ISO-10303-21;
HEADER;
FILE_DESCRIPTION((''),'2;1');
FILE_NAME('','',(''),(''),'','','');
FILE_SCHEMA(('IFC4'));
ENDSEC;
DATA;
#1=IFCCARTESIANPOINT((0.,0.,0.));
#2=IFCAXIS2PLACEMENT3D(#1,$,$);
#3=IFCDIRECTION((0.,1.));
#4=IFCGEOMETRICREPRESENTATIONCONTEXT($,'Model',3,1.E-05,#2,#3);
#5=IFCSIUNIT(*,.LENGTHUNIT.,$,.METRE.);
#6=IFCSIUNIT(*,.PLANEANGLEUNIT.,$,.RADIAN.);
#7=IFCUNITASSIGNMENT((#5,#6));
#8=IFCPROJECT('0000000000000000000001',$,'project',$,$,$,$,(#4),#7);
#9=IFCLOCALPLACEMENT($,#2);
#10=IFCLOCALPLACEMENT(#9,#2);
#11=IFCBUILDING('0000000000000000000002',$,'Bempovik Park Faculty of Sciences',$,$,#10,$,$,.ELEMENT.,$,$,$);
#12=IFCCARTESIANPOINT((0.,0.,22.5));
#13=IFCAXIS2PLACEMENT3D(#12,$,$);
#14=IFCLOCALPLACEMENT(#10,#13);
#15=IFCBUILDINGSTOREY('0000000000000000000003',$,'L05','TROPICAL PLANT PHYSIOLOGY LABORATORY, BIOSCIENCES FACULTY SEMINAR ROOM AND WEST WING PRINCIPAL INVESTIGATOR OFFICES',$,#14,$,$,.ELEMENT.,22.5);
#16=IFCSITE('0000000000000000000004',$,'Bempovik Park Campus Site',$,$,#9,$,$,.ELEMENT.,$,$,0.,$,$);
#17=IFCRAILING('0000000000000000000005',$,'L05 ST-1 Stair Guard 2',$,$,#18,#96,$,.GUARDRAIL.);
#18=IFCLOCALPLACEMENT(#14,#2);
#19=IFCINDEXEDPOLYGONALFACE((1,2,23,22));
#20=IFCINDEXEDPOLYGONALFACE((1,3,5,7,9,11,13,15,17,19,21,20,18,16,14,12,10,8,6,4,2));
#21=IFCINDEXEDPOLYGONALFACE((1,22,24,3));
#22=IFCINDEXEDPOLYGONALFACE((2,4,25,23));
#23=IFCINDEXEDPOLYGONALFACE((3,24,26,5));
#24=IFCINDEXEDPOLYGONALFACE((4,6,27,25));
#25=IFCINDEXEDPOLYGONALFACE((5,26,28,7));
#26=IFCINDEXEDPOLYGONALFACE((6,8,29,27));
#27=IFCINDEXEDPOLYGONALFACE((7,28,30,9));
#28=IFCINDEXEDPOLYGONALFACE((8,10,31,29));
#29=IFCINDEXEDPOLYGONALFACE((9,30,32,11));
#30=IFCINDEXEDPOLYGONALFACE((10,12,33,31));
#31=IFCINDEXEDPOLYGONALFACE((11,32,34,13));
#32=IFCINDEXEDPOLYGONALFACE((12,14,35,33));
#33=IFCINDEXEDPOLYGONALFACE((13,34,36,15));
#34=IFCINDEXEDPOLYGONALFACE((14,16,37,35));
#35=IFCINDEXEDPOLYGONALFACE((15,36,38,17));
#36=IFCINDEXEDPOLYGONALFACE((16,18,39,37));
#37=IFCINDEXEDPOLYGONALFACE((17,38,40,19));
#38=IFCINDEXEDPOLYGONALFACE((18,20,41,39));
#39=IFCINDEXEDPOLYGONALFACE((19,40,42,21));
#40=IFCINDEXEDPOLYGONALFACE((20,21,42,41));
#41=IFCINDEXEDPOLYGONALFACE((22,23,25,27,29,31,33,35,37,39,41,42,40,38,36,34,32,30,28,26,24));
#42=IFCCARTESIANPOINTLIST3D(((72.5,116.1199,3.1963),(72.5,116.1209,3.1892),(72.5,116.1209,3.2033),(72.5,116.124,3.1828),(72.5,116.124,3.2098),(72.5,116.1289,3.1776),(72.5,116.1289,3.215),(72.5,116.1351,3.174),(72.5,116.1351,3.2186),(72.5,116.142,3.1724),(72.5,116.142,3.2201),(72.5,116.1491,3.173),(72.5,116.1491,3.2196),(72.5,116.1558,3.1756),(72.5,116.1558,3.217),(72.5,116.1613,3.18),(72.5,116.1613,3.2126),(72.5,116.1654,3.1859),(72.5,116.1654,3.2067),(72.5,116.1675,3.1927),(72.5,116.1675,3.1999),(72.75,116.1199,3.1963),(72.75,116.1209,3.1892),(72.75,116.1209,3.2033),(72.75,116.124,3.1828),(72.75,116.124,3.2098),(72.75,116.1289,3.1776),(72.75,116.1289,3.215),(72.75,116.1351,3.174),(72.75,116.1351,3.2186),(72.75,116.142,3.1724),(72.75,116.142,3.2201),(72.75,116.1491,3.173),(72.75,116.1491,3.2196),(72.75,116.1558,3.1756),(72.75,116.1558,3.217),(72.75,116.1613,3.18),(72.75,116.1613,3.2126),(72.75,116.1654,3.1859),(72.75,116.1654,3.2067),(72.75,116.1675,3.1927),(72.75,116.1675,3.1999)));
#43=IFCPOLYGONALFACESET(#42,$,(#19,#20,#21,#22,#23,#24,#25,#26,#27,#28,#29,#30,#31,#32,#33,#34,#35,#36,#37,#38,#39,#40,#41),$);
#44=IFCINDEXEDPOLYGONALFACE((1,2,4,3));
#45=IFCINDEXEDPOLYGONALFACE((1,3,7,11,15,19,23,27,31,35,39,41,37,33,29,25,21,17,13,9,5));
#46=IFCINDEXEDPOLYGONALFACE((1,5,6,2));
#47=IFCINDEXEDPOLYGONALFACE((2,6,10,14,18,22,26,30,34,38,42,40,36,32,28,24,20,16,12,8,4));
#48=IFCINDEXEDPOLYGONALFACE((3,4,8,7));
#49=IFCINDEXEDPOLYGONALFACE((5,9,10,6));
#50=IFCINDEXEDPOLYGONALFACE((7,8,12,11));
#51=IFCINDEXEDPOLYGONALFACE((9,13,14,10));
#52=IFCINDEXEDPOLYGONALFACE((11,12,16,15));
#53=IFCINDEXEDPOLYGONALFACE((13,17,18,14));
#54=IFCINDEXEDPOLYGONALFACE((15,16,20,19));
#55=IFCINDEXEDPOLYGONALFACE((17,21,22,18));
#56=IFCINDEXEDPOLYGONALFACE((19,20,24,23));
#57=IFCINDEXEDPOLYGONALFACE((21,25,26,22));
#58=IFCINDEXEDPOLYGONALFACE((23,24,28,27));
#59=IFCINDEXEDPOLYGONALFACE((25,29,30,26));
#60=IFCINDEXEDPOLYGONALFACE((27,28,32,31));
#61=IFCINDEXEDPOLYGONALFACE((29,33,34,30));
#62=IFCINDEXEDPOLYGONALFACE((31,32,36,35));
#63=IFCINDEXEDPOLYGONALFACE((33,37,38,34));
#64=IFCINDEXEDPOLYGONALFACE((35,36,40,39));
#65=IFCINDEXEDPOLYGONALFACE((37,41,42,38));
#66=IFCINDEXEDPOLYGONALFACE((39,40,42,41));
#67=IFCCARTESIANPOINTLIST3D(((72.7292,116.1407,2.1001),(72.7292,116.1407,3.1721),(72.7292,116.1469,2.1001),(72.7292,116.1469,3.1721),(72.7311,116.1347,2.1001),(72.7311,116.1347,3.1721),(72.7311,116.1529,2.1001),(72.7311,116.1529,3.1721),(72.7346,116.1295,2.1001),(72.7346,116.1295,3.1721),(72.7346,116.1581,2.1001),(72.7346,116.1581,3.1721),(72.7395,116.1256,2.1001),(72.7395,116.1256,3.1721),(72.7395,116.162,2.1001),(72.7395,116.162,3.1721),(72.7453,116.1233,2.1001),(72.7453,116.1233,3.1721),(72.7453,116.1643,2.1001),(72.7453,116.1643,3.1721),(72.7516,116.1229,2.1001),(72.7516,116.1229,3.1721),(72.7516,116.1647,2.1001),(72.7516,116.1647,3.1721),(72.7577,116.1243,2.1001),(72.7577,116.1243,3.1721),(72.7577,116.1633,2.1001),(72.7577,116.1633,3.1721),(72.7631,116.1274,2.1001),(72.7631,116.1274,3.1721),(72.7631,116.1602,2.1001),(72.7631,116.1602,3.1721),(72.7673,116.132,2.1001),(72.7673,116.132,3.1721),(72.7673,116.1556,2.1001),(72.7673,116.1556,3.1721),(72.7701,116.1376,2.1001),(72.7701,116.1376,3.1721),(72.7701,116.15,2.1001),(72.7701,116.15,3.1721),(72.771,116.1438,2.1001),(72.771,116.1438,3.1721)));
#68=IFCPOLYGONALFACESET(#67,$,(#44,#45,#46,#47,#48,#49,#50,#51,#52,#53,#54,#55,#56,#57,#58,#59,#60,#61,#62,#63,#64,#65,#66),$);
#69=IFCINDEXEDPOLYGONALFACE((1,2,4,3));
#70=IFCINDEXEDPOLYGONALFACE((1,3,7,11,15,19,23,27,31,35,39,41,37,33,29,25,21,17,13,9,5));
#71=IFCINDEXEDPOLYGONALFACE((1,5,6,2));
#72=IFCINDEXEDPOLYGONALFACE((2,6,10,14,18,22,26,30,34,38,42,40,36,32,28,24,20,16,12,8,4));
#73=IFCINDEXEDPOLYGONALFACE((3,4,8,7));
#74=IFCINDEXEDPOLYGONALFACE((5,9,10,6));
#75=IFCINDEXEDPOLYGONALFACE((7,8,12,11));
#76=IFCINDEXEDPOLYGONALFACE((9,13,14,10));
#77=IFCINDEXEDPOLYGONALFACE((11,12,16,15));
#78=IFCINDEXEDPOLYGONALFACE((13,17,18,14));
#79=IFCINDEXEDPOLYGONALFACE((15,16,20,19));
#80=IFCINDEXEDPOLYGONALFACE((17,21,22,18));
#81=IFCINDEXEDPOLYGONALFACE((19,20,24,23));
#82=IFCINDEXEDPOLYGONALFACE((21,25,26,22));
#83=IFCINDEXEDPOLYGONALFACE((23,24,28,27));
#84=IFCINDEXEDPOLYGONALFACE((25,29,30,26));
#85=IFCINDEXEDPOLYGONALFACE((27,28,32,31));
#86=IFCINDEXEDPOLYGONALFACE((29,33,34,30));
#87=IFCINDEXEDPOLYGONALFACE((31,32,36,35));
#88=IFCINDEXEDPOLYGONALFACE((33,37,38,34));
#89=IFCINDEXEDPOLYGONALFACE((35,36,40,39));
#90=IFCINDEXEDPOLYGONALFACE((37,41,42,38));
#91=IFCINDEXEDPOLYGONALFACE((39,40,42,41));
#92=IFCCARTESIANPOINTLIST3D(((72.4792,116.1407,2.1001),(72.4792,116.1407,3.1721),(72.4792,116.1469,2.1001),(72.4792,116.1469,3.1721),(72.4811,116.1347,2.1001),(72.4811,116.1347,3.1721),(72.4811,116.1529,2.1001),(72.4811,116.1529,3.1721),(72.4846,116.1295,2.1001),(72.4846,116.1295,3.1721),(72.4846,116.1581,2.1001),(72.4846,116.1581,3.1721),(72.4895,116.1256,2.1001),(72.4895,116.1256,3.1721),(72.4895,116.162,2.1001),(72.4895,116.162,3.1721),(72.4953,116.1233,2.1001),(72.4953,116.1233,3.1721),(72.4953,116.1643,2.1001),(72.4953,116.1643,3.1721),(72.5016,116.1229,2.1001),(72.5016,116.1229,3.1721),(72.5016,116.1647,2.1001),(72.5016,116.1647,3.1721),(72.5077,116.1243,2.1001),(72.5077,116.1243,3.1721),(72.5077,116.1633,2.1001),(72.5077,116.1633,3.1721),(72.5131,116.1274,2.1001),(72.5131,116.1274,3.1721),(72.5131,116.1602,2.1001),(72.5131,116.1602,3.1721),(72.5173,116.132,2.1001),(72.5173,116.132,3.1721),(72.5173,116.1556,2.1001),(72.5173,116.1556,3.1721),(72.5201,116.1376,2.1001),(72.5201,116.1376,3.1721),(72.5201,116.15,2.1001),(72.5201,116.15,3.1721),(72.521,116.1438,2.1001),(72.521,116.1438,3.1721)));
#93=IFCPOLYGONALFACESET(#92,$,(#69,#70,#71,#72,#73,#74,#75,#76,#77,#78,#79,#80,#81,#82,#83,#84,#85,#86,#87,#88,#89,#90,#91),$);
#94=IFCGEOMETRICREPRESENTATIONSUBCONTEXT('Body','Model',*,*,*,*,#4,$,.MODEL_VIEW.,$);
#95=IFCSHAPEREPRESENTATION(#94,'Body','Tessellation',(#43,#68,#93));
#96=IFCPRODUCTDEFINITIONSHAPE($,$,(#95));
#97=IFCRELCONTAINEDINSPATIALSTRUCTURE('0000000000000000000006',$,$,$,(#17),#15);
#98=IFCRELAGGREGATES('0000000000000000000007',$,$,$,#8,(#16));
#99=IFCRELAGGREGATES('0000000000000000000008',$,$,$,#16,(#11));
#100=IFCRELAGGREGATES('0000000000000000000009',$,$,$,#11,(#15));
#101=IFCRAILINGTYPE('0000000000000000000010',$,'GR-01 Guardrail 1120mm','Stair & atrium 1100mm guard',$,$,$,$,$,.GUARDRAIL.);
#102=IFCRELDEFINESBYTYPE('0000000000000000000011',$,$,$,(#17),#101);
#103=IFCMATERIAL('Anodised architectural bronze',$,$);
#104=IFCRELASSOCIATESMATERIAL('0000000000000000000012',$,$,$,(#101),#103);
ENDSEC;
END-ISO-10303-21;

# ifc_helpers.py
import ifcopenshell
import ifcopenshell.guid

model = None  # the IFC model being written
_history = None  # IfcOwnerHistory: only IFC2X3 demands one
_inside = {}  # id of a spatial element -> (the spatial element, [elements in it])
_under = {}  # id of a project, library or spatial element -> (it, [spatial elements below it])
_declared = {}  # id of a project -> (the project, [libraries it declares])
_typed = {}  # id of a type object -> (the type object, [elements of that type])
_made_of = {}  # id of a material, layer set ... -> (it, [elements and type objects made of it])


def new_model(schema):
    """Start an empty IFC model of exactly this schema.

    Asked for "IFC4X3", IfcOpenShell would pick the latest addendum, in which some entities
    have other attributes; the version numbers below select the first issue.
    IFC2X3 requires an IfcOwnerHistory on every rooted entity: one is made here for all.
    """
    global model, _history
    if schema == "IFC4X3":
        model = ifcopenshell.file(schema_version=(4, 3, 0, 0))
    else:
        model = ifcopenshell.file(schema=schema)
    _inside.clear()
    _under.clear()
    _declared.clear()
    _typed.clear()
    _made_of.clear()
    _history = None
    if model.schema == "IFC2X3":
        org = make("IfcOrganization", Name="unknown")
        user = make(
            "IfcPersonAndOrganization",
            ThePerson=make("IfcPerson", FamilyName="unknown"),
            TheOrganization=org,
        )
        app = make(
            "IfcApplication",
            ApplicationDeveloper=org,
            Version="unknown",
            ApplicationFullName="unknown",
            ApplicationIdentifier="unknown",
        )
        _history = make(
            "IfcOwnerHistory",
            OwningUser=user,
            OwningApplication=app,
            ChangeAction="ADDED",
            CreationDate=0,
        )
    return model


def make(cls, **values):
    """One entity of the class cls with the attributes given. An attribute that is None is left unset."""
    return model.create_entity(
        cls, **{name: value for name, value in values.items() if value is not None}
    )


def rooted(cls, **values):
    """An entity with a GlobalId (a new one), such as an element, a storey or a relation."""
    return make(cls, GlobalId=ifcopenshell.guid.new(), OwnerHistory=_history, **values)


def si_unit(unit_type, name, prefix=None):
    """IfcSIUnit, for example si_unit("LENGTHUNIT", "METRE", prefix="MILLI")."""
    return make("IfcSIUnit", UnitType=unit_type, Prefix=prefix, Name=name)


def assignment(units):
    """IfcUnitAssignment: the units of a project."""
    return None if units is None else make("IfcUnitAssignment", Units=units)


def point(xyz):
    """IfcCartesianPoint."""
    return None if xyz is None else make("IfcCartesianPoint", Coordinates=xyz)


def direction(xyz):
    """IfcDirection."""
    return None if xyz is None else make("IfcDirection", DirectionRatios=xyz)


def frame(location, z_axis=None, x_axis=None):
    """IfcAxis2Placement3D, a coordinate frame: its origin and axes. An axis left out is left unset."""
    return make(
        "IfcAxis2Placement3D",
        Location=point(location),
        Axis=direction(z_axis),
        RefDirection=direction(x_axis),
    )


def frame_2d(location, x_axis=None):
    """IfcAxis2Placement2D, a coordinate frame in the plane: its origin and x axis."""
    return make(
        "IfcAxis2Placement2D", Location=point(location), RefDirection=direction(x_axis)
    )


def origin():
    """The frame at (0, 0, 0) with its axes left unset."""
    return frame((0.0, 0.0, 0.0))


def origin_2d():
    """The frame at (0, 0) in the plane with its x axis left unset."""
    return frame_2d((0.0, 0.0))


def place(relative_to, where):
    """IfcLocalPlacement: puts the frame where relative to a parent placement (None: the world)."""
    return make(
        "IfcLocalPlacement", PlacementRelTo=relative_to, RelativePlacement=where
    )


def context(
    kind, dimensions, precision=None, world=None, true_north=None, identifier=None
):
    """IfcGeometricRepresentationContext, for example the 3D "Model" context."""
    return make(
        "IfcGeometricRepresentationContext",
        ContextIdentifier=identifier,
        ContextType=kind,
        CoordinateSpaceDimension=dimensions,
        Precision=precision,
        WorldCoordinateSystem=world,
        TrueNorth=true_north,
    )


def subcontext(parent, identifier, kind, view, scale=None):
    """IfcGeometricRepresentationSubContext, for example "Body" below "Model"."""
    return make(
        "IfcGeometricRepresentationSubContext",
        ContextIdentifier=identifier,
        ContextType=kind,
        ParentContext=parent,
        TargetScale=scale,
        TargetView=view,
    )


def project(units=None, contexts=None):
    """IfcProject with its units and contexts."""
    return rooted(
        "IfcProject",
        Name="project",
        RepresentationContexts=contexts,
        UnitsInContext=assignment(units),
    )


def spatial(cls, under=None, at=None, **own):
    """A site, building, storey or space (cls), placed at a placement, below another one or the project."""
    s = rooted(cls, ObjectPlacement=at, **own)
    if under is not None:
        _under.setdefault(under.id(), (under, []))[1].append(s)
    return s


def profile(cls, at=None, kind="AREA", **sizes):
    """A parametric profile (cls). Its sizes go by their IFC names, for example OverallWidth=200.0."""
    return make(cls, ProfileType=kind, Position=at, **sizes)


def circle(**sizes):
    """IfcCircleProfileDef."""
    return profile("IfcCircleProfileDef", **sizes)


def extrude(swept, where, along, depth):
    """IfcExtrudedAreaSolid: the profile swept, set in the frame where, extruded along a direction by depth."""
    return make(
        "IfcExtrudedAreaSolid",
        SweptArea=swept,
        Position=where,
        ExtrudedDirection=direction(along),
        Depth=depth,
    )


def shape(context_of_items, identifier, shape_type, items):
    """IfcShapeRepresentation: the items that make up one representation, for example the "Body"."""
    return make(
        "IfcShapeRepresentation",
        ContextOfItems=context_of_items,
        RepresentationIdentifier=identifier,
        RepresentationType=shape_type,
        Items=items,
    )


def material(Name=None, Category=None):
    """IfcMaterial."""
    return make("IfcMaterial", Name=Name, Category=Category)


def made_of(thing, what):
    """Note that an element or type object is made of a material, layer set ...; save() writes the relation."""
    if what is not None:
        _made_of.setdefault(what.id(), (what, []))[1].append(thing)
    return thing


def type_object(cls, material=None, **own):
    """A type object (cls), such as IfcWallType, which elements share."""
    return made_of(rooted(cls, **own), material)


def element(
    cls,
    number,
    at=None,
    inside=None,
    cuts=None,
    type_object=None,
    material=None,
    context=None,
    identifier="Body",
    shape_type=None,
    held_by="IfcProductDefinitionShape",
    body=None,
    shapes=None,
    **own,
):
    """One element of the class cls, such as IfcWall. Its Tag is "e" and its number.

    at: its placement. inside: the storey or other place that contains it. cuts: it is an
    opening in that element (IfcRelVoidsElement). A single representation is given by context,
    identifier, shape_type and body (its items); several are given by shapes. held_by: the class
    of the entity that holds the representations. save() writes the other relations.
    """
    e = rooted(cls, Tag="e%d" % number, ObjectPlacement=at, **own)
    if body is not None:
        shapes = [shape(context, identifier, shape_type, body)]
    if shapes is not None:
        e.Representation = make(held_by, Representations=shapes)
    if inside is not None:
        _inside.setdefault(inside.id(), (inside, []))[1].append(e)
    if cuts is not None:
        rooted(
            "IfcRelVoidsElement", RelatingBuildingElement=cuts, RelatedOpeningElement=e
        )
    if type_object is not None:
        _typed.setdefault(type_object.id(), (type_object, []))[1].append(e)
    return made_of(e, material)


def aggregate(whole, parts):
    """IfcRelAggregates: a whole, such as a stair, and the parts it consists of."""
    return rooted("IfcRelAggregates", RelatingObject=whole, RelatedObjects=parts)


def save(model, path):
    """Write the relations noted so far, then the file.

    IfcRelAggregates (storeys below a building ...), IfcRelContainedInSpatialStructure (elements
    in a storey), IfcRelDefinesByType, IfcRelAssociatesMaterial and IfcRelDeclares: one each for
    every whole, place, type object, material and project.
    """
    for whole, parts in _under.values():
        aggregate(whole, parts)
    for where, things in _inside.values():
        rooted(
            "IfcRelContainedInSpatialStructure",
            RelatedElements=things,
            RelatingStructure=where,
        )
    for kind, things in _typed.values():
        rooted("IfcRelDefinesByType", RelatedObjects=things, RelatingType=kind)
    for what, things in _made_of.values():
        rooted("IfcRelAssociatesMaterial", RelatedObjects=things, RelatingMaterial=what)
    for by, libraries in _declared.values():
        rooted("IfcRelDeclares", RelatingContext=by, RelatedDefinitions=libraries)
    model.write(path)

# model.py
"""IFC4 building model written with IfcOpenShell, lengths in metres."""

from ifc_helpers import new_model, si_unit, direction, frame, origin, origin_2d, place, context, subcontext, project, spatial, circle, extrude, material, type_object, element, save


model = new_model("IFC4")

# Units and contexts
model_context = context("Model", 3, precision=1e-05, world=origin(), true_north=direction((0.0, 1.0)))
body_context = subcontext(model_context, "Body", "Model", "MODEL_VIEW")
ifc_project = project(units=[si_unit("LENGTHUNIT", "METRE"), si_unit("PLANEANGLEUNIT", "RADIAN")], contexts=[model_context])

# Site, building, storey
site_placement = place(None, origin())
site = spatial("IfcSite", under=ifc_project, at=site_placement, Name="Bempovik Park Campus Site", CompositionType="ELEMENT", RefElevation=0.0)
building_placement = place(site_placement, origin())
building = spatial("IfcBuilding", under=site, at=building_placement, Name="Bempovik Park Faculty of Sciences", CompositionType="ELEMENT")
storey_placement = place(building_placement, frame((0.0, 0.0, 22.5)))
storey = spatial("IfcBuildingStorey", under=building, at=storey_placement, Name="L05", Description="TROPICAL PLANT PHYSIOLOGY LABORATORY, BIOSCIENCES FACULTY SEMINAR ROOM AND WEST WING PRINCIPAL INVESTIGATOR OFFICES", CompositionType="ELEMENT", Elevation=22.5)

# Railing
ifc_material_1 = material(Name="Anodised architectural bronze")
railing_type_1 = type_object("IfcRailingType", Name="GR-01 Guardrail 1120mm", Description="Stair & atrium 1100mm guard", PredefinedType="GUARDRAIL", material=ifc_material_1)
railing_1_placement = place(storey_placement, frame((72.75, 116.1438, 2.1001)))
element("IfcRailing", 1, at=railing_1_placement, inside=storey, type_object=railing_type_1, Name="L05 ST-1 Stair Guard 2", PredefinedType="GUARDRAIL", context=body_context, shape_type="SweptSolid", body=[
    extrude(circle(Radius=0.0239, at=origin_2d()), frame((0.0, 0.0, 1.0962), z_axis=(-1.0, 0.0, 0.0), x_axis=(0.0, -1.0, 0.0)), (0.0, 0.0, 1.0), 0.25),
    extrude(circle(Radius=0.021, at=origin_2d()), origin(), (0.0, 0.0, 1.0), 1.072),
    extrude(circle(Radius=0.021, at=origin_2d()), frame((-0.25, 0.0, 0.0)), (0.0, 0.0, 1.0), 1.072),
])

save(model, "model.ifc")
